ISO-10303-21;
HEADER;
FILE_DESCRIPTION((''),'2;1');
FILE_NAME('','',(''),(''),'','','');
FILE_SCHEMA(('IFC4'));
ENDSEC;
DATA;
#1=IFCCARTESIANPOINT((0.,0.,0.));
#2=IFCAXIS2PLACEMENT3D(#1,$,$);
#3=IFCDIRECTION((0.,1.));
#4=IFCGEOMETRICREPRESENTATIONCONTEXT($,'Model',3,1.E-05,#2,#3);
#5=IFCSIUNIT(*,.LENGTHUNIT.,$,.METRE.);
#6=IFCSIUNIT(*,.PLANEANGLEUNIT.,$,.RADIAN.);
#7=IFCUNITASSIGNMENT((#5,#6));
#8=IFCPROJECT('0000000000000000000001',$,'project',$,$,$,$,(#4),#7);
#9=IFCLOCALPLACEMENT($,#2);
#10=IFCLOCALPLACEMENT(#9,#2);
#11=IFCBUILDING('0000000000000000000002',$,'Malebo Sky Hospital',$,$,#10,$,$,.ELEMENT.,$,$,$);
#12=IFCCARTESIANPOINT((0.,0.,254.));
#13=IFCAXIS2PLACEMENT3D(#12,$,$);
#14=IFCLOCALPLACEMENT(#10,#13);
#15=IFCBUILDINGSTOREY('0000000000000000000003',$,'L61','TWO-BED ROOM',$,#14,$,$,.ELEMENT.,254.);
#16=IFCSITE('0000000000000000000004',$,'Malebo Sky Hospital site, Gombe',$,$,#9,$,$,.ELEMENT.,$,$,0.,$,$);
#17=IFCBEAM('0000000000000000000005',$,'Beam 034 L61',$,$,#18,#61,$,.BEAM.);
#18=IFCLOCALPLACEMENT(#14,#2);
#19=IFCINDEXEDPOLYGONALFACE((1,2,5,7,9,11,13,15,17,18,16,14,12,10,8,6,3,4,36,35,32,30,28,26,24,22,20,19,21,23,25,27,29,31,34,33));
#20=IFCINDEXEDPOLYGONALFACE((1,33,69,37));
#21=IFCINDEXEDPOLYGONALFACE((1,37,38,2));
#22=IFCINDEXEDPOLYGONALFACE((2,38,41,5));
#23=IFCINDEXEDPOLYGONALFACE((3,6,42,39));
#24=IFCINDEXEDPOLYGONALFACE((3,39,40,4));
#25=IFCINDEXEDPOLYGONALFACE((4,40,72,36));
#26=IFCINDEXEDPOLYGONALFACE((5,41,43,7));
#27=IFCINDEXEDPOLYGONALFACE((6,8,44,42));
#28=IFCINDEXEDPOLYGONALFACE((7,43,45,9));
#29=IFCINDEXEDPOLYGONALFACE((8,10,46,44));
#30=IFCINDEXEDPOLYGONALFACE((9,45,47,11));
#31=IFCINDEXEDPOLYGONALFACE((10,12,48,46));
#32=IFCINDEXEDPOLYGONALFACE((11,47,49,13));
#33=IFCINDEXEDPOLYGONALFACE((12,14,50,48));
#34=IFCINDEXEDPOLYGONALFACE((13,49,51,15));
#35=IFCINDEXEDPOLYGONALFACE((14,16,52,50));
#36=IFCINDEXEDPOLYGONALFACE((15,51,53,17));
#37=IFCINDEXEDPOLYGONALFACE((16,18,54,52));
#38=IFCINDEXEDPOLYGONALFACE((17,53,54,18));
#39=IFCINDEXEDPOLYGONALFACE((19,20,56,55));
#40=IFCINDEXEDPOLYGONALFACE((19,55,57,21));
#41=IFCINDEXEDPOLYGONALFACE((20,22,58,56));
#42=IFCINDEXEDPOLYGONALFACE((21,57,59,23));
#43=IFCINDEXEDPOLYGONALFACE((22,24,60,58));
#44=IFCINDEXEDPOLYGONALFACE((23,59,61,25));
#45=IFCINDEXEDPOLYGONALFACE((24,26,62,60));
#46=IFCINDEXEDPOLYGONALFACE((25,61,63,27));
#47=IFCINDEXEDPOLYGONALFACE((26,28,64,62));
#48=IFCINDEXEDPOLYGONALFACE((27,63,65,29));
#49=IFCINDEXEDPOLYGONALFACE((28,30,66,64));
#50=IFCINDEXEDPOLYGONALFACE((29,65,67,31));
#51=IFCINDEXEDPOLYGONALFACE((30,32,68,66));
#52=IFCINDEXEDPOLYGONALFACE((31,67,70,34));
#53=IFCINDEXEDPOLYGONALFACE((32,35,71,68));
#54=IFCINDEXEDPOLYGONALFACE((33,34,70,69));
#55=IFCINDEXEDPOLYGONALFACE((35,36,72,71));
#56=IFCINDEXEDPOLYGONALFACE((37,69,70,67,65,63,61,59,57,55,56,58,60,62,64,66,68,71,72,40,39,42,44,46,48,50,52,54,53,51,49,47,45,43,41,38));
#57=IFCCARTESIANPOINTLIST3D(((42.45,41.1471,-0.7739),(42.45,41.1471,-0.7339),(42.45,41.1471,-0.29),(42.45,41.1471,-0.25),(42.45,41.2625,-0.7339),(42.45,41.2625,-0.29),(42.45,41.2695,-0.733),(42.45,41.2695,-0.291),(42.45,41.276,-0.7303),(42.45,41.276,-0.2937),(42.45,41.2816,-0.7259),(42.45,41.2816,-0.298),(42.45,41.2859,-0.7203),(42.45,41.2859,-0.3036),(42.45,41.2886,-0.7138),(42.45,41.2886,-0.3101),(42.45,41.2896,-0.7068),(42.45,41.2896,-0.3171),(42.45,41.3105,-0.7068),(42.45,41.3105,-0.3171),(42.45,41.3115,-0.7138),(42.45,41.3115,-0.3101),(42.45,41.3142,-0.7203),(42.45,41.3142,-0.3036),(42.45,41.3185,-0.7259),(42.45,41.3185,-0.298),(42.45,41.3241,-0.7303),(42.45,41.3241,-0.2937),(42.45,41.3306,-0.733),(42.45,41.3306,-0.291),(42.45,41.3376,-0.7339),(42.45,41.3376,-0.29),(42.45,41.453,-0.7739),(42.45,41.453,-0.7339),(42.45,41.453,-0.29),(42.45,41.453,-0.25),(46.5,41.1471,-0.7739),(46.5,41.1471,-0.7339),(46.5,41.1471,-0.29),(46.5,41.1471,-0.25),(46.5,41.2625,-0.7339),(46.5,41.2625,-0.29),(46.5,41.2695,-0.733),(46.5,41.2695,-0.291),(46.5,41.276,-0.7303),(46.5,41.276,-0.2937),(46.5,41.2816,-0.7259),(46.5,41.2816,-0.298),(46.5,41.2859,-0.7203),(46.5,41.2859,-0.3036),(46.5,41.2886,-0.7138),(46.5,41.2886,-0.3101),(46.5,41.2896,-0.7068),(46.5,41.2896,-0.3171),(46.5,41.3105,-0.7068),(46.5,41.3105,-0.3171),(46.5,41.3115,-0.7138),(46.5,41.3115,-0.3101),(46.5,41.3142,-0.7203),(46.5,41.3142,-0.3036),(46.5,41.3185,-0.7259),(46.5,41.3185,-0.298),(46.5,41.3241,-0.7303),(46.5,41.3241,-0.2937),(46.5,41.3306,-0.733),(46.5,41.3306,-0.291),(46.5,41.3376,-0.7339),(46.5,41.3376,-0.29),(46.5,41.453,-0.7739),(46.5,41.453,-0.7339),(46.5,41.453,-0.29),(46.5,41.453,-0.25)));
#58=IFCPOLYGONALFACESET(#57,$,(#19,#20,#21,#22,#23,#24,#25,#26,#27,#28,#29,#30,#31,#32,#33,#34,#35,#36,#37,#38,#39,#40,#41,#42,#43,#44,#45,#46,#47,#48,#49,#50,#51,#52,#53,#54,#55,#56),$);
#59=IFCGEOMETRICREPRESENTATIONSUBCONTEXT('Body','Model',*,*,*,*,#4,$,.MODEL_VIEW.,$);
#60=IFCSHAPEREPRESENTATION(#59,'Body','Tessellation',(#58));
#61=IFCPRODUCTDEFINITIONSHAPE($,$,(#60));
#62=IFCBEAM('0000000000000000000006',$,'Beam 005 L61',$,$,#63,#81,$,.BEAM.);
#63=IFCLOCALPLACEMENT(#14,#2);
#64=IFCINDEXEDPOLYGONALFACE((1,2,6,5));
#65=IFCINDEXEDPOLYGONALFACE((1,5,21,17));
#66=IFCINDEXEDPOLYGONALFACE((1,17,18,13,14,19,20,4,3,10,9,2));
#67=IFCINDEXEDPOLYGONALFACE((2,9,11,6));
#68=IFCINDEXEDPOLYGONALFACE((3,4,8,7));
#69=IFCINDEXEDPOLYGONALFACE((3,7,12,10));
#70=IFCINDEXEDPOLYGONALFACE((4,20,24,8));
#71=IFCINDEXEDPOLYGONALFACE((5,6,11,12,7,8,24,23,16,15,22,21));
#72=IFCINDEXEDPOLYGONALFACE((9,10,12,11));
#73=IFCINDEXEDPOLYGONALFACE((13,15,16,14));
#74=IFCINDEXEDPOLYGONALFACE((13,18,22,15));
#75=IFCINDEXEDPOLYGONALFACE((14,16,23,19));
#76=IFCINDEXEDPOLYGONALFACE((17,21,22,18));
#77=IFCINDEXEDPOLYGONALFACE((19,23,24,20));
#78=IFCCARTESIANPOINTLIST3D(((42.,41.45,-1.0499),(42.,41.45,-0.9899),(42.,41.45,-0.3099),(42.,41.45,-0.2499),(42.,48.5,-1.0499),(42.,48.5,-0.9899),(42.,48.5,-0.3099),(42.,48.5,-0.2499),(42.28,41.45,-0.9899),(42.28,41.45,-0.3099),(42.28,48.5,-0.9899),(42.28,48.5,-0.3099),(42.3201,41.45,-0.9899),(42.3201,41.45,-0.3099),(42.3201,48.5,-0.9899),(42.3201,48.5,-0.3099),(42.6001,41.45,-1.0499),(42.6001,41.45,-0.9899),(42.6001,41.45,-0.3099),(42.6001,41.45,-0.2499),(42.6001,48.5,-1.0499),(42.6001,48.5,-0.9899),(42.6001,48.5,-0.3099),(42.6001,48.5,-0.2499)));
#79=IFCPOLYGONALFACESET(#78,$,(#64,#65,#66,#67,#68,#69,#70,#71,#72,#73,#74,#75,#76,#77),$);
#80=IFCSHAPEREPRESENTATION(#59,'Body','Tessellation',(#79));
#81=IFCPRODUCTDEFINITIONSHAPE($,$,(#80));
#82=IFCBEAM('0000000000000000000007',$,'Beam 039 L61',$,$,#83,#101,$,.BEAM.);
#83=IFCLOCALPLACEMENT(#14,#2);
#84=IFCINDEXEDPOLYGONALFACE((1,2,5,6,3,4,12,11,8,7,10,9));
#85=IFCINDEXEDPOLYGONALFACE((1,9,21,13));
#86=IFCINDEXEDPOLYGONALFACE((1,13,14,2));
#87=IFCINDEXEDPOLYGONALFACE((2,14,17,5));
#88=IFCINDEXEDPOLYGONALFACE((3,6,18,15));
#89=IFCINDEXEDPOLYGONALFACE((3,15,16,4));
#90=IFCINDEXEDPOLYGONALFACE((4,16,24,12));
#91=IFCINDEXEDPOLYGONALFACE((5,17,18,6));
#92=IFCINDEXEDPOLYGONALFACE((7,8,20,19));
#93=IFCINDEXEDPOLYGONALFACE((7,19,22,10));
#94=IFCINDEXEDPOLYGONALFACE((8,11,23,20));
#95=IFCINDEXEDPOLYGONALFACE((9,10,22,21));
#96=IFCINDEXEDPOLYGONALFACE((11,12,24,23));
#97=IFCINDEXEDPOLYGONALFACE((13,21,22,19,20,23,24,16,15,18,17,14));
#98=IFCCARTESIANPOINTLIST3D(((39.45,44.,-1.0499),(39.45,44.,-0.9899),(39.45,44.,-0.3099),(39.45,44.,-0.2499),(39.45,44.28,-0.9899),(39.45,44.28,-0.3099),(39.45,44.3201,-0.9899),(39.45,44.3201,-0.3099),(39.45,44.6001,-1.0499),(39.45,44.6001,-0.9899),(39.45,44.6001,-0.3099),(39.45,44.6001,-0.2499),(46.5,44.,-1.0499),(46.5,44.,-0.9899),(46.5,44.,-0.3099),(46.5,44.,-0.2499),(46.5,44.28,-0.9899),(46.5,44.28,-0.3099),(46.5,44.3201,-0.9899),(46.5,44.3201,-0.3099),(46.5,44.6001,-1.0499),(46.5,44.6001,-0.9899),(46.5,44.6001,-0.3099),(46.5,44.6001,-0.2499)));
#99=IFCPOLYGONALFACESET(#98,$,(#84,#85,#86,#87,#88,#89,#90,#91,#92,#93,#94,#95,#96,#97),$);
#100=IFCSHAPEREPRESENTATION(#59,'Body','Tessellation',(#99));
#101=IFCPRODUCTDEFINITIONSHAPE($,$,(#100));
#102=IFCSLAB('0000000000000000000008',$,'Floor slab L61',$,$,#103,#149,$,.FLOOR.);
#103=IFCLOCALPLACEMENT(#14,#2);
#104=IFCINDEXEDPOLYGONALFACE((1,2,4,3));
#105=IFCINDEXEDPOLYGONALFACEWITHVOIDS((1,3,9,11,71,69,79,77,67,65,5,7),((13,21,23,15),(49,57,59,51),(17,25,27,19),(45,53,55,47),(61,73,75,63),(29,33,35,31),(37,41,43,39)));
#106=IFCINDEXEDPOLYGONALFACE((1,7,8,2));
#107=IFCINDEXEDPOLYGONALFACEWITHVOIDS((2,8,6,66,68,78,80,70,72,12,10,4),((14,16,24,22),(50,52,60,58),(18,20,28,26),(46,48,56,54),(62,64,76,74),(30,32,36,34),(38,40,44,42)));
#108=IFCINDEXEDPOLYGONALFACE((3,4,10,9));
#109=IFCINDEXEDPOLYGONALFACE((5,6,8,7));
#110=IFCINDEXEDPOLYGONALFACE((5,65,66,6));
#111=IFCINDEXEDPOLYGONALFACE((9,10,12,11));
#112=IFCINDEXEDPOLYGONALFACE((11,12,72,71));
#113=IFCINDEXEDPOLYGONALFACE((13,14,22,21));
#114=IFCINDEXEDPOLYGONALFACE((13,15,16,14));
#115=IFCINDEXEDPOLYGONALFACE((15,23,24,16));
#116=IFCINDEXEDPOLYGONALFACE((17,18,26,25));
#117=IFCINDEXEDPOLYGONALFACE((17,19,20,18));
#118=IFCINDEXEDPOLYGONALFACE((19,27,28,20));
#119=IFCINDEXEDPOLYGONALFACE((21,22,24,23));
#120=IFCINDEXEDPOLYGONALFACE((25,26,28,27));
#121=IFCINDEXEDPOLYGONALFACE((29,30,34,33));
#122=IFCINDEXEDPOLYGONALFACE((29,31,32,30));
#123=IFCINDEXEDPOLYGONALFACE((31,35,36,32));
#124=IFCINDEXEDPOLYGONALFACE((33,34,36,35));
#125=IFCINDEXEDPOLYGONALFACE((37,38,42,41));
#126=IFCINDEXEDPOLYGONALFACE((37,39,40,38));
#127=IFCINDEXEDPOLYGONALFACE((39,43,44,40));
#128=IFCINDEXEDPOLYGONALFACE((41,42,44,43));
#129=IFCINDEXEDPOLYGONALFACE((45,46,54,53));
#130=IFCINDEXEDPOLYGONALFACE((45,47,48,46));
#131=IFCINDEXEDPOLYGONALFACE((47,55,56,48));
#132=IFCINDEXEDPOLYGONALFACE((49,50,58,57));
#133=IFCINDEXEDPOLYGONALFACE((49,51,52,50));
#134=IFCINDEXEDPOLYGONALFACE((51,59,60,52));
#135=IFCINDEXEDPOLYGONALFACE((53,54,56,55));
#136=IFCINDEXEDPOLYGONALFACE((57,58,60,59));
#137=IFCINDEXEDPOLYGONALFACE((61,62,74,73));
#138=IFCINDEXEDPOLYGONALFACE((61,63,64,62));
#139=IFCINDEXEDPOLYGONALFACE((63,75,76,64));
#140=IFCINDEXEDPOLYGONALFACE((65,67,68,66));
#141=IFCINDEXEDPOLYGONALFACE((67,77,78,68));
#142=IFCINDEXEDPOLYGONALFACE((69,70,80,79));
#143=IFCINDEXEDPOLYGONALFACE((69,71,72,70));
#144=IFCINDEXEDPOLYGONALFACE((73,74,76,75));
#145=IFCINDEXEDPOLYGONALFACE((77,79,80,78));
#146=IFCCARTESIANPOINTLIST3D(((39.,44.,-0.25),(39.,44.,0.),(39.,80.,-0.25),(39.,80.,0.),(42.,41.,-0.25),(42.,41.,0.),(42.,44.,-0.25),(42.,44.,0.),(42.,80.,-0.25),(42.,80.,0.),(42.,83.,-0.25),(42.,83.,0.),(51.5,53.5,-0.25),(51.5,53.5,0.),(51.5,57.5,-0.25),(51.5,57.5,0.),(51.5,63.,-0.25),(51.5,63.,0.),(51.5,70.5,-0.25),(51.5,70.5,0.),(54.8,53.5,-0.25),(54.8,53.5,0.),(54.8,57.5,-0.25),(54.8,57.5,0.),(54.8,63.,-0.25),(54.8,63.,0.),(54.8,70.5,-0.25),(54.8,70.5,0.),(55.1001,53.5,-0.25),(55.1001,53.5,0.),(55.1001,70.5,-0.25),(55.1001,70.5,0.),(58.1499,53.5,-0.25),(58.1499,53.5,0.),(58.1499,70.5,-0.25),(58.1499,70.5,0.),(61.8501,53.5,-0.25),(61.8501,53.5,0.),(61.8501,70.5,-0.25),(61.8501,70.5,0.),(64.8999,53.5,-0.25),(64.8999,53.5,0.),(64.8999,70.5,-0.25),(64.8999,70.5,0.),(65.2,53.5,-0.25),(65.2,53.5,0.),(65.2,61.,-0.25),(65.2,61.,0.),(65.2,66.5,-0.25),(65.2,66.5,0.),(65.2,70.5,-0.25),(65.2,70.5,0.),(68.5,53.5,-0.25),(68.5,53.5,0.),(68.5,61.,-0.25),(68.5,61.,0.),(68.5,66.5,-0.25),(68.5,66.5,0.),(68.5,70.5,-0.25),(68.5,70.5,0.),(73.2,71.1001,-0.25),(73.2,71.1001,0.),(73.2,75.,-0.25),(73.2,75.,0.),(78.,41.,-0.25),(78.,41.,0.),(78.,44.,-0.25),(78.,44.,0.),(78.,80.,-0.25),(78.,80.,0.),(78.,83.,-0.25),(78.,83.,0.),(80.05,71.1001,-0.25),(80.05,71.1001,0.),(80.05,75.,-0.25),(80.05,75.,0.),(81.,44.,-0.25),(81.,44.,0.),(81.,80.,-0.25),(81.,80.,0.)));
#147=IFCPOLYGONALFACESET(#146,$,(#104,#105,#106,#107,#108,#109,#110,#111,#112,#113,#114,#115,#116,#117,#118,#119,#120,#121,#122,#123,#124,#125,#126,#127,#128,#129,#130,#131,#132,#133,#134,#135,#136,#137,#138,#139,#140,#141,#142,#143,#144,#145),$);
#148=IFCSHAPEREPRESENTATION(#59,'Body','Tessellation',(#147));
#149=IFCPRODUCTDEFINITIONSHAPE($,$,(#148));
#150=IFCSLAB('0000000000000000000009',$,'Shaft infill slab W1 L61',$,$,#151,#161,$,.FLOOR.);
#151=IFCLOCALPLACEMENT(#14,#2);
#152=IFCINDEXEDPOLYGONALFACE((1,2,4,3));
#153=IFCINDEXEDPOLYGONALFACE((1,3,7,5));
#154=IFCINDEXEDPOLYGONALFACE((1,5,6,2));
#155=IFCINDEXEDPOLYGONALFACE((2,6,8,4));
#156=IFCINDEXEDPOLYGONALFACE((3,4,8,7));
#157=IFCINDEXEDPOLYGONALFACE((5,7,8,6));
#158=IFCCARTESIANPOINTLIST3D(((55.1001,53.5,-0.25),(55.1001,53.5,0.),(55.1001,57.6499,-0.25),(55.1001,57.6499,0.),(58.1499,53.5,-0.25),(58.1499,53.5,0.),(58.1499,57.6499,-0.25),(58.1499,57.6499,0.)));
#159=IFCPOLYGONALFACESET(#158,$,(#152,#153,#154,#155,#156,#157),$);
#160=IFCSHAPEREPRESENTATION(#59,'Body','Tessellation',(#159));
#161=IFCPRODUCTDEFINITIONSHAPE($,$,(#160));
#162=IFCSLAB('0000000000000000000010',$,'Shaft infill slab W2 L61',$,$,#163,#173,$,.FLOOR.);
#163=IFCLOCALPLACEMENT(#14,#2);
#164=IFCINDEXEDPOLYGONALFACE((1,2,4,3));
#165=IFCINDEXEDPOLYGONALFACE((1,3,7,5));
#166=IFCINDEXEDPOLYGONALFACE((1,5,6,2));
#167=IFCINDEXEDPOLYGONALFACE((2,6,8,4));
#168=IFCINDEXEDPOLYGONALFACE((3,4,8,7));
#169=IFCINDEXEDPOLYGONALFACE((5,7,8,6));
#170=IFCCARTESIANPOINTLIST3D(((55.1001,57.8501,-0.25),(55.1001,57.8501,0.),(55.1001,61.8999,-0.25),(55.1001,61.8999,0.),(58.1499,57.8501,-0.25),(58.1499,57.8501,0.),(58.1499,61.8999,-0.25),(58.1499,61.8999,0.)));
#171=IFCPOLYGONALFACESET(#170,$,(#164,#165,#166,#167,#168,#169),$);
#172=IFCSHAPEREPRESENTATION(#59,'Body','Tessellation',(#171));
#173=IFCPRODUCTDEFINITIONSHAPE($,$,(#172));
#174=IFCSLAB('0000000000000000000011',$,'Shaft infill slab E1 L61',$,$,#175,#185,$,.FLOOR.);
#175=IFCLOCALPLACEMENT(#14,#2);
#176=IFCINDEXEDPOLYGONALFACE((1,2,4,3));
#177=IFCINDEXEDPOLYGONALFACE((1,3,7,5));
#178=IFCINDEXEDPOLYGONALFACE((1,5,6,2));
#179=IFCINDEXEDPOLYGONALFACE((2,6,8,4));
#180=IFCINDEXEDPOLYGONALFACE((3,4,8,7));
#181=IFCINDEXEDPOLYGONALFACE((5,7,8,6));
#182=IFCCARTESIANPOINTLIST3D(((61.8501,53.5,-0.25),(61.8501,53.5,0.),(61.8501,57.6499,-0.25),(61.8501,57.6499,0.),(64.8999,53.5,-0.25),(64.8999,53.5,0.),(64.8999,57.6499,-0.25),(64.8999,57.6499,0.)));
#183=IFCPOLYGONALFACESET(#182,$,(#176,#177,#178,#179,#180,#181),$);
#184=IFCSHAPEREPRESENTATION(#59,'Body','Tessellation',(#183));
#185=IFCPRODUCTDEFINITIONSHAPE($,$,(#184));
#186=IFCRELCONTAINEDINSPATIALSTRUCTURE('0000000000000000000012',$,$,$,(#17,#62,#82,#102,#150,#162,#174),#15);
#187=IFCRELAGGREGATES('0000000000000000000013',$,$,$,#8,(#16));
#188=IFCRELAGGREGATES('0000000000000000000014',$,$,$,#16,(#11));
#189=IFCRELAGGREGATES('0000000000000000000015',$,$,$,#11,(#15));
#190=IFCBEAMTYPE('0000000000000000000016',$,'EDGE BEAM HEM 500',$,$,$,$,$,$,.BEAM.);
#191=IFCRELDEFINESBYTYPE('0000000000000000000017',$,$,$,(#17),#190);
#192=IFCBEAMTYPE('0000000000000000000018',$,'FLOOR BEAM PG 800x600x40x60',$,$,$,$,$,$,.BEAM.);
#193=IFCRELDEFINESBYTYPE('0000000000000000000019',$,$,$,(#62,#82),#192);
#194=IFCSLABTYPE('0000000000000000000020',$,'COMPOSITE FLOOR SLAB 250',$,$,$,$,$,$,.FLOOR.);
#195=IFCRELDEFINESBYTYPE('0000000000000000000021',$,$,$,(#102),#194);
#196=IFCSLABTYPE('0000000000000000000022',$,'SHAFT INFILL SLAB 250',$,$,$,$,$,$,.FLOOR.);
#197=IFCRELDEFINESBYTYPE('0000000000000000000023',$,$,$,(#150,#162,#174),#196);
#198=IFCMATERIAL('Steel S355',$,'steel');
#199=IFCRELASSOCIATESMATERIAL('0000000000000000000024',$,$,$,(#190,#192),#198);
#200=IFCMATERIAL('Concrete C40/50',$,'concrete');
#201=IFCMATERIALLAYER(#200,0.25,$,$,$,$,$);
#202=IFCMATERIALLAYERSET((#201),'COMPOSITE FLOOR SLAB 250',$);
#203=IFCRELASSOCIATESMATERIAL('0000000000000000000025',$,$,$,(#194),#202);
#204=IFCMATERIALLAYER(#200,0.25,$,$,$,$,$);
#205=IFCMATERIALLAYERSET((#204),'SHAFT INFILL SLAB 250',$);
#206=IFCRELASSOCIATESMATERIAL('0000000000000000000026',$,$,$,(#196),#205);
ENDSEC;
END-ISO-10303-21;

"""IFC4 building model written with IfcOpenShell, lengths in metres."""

from ifc_helpers import new_model, si_unit, direction, frame, origin, origin_2d, place, context, subcontext, project, spatial, polyline, i_section, outline, extrude, material, layer, layer_set, material_profile, profile_set, type_object, element, save


model = new_model("IFC4")

# Units and contexts
model_context = context("Model", 3, precision=1e-05, world=origin(), true_north=direction((0.0, 1.0)))
body_context = subcontext(model_context, "Body", "Model", "MODEL_VIEW")
ifc_project = project(units=[si_unit("LENGTHUNIT", "METRE"), si_unit("PLANEANGLEUNIT", "RADIAN")], contexts=[model_context])

# Site, building, storey
site_placement = place(None, origin())
site = spatial("IfcSite", under=ifc_project, at=site_placement, Name="Malebo Sky Hospital site, Gombe", CompositionType="ELEMENT", RefElevation=0.0)
building_placement = place(site_placement, origin())
building = spatial("IfcBuilding", under=site, at=building_placement, Name="Malebo Sky Hospital", CompositionType="ELEMENT")
storey_placement = place(building_placement, frame((0.0, 0.0, 254.0)))
storey = spatial("IfcBuildingStorey", under=building, at=storey_placement, Name="L61", Description="TWO-BED ROOM", CompositionType="ELEMENT", Elevation=254.0)

# Shared definitions
ifc_material_1 = material(Name="Steel S355", Category="steel")

# Beams
ifc_material_profile_1 = material_profile(ifc_material_1, i_section(OverallWidth=0.3059, OverallDepth=0.5239, WebThickness=0.021, FlangeThickness=0.04, FilletRadius=0.0271, at=origin_2d()), Name="HEM 500")
ifc_profile_set_1 = profile_set([ifc_material_profile_1], Name="Steel S355")
beam_type_1 = type_object("IfcBeamType", Name="EDGE BEAM HEM 500", PredefinedType="BEAM", material=ifc_profile_set_1)
for number, where, z_axis, x_axis, name in (
    (1, (42.45, 41.3, -0.512), (1.0, 0.0, 0.0), (0.0, 1.0, 0.0), "Beam 034 L61"),
):
    element("IfcBeam", number, at=place(storey_placement, frame(where, z_axis=z_axis, x_axis=x_axis)), inside=storey, type_object=beam_type_1, Name=name, PredefinedType="BEAM", context=body_context, shape_type="SweptSolid", body=[
        extrude(i_section(OverallWidth=0.3059, OverallDepth=0.5239, WebThickness=0.021, FlangeThickness=0.04, FilletRadius=0.0271, at=origin_2d()), origin(), (0.0, 0.0, 1.0), 4.05),
    ])
ifc_material_profile_2 = material_profile(ifc_material_1, i_section(OverallWidth=0.6001, OverallDepth=0.8, WebThickness=0.04, FlangeThickness=0.0601, at=origin_2d()), Name="PG 800x600x40x60")
ifc_profile_set_2 = profile_set([ifc_material_profile_2], Name="Steel S355")
beam_type_2 = type_object("IfcBeamType", Name="FLOOR BEAM PG 800x600x40x60", PredefinedType="BEAM", material=ifc_profile_set_2)
for number, where, z_axis, x_axis, name in (
    (2, (42.3, 41.45, -0.6499), (0.0, 1.0, 0.0), (-1.0, 0.0, 0.0), "Beam 005 L61"),
    (3, (39.45, 44.3, -0.6499), (1.0, 0.0, 0.0), (0.0, 1.0, 0.0), "Beam 039 L61"),
):
    element("IfcBeam", number, at=place(storey_placement, frame(where, z_axis=z_axis, x_axis=x_axis)), inside=storey, type_object=beam_type_2, Name=name, PredefinedType="BEAM", context=body_context, shape_type="SweptSolid", body=[
        extrude(i_section(OverallWidth=0.6001, OverallDepth=0.8, WebThickness=0.04, FlangeThickness=0.0601, at=origin_2d()), origin(), (0.0, 0.0, 1.0), 7.05),
    ])

# Slabs
ifc_material_2 = material(Name="Concrete C40/50", Category="concrete")
ifc_layer_1 = layer(ifc_material_2, 0.25)
ifc_layer_set_1 = layer_set([ifc_layer_1], Name="COMPOSITE FLOOR SLAB 250")
slab_type_1 = type_object("IfcSlabType", Name="COMPOSITE FLOOR SLAB 250", PredefinedType="FLOOR", material=ifc_layer_set_1)
slab_1_placement = place(storey_placement, frame((0.0, 0.0, -0.25)))
element("IfcSlab", 4, at=slab_1_placement, inside=storey, type_object=slab_type_1, Name="Floor slab L61", PredefinedType="FLOOR", context=body_context, shape_type="SweptSolid", body=[
    extrude(outline(polyline([(42.0, 83.0), (42.0, 80.0), (39.0, 80.0), (39.0, 44.0), (42.0, 44.0), (42.0, 41.0), (78.0, 41.0), (78.0, 44.0), (81.0, 44.0), (81.0, 80.0), (78.0, 80.0), (78.0, 83.0), (42.0, 83.0)]), holes=[polyline([(55.1001, 70.5), (58.1499, 70.5), (58.1499, 53.5), (55.1001, 53.5), (55.1001, 70.5)]), polyline([(64.8999, 70.5), (64.8999, 53.5), (61.8501, 53.5), (61.8501, 70.5), (64.8999, 70.5)]), polyline([(54.8, 63.0), (51.5, 63.0), (51.5, 70.5), (54.8, 70.5), (54.8, 63.0)]), polyline([(51.5, 53.5), (51.5, 57.5), (54.8, 57.5), (54.8, 53.5), (51.5, 53.5)]), polyline([(65.2, 61.0), (68.5, 61.0), (68.5, 53.5), (65.2, 53.5), (65.2, 61.0)]), polyline([(68.5, 70.5), (68.5, 66.5), (65.2, 66.5), (65.2, 70.5), (68.5, 70.5)]), polyline([(80.05, 71.1001), (73.2, 71.1001), (73.2, 75.0), (80.05, 75.0), (80.05, 71.1001)])]), origin(), (0.0, 0.0, 1.0), 0.25),
])
ifc_layer_2 = layer(ifc_material_2, 0.25)
ifc_layer_set_2 = layer_set([ifc_layer_2], Name="SHAFT INFILL SLAB 250")
slab_type_2 = type_object("IfcSlabType", Name="SHAFT INFILL SLAB 250", PredefinedType="FLOOR", material=ifc_layer_set_2)
slab_2_placement = place(storey_placement, frame((0.0, 0.0, -0.25)))
element("IfcSlab", 5, at=slab_2_placement, inside=storey, type_object=slab_type_2, Name="Shaft infill slab W1 L61", PredefinedType="FLOOR", context=body_context, shape_type="SweptSolid", body=[
    extrude(outline(polyline([(55.1001, 53.5), (58.1499, 53.5), (58.1499, 57.6499), (55.1001, 57.6499), (55.1001, 53.5)])), origin(), (0.0, 0.0, 1.0), 0.25),
])
slab_3_placement = place(storey_placement, frame((0.0, 0.0, -0.25)))
element("IfcSlab", 6, at=slab_3_placement, inside=storey, type_object=slab_type_2, Name="Shaft infill slab W2 L61", PredefinedType="FLOOR", context=body_context, shape_type="SweptSolid", body=[
    extrude(outline(polyline([(55.1001, 57.8501), (58.1499, 57.8501), (58.1499, 61.8999), (55.1001, 61.8999), (55.1001, 57.8501)])), origin(), (0.0, 0.0, 1.0), 0.25),
])
slab_4_placement = place(storey_placement, frame((0.0, 0.0, -0.25)))
element("IfcSlab", 7, at=slab_4_placement, inside=storey, type_object=slab_type_2, Name="Shaft infill slab E1 L61", PredefinedType="FLOOR", context=body_context, shape_type="SweptSolid", body=[
    extrude(outline(polyline([(61.8501, 53.5), (64.8999, 53.5), (64.8999, 57.6499), (61.8501, 57.6499), (61.8501, 53.5)])), origin(), (0.0, 0.0, 1.0), 0.25),
])

save(model, "model.ifc")
